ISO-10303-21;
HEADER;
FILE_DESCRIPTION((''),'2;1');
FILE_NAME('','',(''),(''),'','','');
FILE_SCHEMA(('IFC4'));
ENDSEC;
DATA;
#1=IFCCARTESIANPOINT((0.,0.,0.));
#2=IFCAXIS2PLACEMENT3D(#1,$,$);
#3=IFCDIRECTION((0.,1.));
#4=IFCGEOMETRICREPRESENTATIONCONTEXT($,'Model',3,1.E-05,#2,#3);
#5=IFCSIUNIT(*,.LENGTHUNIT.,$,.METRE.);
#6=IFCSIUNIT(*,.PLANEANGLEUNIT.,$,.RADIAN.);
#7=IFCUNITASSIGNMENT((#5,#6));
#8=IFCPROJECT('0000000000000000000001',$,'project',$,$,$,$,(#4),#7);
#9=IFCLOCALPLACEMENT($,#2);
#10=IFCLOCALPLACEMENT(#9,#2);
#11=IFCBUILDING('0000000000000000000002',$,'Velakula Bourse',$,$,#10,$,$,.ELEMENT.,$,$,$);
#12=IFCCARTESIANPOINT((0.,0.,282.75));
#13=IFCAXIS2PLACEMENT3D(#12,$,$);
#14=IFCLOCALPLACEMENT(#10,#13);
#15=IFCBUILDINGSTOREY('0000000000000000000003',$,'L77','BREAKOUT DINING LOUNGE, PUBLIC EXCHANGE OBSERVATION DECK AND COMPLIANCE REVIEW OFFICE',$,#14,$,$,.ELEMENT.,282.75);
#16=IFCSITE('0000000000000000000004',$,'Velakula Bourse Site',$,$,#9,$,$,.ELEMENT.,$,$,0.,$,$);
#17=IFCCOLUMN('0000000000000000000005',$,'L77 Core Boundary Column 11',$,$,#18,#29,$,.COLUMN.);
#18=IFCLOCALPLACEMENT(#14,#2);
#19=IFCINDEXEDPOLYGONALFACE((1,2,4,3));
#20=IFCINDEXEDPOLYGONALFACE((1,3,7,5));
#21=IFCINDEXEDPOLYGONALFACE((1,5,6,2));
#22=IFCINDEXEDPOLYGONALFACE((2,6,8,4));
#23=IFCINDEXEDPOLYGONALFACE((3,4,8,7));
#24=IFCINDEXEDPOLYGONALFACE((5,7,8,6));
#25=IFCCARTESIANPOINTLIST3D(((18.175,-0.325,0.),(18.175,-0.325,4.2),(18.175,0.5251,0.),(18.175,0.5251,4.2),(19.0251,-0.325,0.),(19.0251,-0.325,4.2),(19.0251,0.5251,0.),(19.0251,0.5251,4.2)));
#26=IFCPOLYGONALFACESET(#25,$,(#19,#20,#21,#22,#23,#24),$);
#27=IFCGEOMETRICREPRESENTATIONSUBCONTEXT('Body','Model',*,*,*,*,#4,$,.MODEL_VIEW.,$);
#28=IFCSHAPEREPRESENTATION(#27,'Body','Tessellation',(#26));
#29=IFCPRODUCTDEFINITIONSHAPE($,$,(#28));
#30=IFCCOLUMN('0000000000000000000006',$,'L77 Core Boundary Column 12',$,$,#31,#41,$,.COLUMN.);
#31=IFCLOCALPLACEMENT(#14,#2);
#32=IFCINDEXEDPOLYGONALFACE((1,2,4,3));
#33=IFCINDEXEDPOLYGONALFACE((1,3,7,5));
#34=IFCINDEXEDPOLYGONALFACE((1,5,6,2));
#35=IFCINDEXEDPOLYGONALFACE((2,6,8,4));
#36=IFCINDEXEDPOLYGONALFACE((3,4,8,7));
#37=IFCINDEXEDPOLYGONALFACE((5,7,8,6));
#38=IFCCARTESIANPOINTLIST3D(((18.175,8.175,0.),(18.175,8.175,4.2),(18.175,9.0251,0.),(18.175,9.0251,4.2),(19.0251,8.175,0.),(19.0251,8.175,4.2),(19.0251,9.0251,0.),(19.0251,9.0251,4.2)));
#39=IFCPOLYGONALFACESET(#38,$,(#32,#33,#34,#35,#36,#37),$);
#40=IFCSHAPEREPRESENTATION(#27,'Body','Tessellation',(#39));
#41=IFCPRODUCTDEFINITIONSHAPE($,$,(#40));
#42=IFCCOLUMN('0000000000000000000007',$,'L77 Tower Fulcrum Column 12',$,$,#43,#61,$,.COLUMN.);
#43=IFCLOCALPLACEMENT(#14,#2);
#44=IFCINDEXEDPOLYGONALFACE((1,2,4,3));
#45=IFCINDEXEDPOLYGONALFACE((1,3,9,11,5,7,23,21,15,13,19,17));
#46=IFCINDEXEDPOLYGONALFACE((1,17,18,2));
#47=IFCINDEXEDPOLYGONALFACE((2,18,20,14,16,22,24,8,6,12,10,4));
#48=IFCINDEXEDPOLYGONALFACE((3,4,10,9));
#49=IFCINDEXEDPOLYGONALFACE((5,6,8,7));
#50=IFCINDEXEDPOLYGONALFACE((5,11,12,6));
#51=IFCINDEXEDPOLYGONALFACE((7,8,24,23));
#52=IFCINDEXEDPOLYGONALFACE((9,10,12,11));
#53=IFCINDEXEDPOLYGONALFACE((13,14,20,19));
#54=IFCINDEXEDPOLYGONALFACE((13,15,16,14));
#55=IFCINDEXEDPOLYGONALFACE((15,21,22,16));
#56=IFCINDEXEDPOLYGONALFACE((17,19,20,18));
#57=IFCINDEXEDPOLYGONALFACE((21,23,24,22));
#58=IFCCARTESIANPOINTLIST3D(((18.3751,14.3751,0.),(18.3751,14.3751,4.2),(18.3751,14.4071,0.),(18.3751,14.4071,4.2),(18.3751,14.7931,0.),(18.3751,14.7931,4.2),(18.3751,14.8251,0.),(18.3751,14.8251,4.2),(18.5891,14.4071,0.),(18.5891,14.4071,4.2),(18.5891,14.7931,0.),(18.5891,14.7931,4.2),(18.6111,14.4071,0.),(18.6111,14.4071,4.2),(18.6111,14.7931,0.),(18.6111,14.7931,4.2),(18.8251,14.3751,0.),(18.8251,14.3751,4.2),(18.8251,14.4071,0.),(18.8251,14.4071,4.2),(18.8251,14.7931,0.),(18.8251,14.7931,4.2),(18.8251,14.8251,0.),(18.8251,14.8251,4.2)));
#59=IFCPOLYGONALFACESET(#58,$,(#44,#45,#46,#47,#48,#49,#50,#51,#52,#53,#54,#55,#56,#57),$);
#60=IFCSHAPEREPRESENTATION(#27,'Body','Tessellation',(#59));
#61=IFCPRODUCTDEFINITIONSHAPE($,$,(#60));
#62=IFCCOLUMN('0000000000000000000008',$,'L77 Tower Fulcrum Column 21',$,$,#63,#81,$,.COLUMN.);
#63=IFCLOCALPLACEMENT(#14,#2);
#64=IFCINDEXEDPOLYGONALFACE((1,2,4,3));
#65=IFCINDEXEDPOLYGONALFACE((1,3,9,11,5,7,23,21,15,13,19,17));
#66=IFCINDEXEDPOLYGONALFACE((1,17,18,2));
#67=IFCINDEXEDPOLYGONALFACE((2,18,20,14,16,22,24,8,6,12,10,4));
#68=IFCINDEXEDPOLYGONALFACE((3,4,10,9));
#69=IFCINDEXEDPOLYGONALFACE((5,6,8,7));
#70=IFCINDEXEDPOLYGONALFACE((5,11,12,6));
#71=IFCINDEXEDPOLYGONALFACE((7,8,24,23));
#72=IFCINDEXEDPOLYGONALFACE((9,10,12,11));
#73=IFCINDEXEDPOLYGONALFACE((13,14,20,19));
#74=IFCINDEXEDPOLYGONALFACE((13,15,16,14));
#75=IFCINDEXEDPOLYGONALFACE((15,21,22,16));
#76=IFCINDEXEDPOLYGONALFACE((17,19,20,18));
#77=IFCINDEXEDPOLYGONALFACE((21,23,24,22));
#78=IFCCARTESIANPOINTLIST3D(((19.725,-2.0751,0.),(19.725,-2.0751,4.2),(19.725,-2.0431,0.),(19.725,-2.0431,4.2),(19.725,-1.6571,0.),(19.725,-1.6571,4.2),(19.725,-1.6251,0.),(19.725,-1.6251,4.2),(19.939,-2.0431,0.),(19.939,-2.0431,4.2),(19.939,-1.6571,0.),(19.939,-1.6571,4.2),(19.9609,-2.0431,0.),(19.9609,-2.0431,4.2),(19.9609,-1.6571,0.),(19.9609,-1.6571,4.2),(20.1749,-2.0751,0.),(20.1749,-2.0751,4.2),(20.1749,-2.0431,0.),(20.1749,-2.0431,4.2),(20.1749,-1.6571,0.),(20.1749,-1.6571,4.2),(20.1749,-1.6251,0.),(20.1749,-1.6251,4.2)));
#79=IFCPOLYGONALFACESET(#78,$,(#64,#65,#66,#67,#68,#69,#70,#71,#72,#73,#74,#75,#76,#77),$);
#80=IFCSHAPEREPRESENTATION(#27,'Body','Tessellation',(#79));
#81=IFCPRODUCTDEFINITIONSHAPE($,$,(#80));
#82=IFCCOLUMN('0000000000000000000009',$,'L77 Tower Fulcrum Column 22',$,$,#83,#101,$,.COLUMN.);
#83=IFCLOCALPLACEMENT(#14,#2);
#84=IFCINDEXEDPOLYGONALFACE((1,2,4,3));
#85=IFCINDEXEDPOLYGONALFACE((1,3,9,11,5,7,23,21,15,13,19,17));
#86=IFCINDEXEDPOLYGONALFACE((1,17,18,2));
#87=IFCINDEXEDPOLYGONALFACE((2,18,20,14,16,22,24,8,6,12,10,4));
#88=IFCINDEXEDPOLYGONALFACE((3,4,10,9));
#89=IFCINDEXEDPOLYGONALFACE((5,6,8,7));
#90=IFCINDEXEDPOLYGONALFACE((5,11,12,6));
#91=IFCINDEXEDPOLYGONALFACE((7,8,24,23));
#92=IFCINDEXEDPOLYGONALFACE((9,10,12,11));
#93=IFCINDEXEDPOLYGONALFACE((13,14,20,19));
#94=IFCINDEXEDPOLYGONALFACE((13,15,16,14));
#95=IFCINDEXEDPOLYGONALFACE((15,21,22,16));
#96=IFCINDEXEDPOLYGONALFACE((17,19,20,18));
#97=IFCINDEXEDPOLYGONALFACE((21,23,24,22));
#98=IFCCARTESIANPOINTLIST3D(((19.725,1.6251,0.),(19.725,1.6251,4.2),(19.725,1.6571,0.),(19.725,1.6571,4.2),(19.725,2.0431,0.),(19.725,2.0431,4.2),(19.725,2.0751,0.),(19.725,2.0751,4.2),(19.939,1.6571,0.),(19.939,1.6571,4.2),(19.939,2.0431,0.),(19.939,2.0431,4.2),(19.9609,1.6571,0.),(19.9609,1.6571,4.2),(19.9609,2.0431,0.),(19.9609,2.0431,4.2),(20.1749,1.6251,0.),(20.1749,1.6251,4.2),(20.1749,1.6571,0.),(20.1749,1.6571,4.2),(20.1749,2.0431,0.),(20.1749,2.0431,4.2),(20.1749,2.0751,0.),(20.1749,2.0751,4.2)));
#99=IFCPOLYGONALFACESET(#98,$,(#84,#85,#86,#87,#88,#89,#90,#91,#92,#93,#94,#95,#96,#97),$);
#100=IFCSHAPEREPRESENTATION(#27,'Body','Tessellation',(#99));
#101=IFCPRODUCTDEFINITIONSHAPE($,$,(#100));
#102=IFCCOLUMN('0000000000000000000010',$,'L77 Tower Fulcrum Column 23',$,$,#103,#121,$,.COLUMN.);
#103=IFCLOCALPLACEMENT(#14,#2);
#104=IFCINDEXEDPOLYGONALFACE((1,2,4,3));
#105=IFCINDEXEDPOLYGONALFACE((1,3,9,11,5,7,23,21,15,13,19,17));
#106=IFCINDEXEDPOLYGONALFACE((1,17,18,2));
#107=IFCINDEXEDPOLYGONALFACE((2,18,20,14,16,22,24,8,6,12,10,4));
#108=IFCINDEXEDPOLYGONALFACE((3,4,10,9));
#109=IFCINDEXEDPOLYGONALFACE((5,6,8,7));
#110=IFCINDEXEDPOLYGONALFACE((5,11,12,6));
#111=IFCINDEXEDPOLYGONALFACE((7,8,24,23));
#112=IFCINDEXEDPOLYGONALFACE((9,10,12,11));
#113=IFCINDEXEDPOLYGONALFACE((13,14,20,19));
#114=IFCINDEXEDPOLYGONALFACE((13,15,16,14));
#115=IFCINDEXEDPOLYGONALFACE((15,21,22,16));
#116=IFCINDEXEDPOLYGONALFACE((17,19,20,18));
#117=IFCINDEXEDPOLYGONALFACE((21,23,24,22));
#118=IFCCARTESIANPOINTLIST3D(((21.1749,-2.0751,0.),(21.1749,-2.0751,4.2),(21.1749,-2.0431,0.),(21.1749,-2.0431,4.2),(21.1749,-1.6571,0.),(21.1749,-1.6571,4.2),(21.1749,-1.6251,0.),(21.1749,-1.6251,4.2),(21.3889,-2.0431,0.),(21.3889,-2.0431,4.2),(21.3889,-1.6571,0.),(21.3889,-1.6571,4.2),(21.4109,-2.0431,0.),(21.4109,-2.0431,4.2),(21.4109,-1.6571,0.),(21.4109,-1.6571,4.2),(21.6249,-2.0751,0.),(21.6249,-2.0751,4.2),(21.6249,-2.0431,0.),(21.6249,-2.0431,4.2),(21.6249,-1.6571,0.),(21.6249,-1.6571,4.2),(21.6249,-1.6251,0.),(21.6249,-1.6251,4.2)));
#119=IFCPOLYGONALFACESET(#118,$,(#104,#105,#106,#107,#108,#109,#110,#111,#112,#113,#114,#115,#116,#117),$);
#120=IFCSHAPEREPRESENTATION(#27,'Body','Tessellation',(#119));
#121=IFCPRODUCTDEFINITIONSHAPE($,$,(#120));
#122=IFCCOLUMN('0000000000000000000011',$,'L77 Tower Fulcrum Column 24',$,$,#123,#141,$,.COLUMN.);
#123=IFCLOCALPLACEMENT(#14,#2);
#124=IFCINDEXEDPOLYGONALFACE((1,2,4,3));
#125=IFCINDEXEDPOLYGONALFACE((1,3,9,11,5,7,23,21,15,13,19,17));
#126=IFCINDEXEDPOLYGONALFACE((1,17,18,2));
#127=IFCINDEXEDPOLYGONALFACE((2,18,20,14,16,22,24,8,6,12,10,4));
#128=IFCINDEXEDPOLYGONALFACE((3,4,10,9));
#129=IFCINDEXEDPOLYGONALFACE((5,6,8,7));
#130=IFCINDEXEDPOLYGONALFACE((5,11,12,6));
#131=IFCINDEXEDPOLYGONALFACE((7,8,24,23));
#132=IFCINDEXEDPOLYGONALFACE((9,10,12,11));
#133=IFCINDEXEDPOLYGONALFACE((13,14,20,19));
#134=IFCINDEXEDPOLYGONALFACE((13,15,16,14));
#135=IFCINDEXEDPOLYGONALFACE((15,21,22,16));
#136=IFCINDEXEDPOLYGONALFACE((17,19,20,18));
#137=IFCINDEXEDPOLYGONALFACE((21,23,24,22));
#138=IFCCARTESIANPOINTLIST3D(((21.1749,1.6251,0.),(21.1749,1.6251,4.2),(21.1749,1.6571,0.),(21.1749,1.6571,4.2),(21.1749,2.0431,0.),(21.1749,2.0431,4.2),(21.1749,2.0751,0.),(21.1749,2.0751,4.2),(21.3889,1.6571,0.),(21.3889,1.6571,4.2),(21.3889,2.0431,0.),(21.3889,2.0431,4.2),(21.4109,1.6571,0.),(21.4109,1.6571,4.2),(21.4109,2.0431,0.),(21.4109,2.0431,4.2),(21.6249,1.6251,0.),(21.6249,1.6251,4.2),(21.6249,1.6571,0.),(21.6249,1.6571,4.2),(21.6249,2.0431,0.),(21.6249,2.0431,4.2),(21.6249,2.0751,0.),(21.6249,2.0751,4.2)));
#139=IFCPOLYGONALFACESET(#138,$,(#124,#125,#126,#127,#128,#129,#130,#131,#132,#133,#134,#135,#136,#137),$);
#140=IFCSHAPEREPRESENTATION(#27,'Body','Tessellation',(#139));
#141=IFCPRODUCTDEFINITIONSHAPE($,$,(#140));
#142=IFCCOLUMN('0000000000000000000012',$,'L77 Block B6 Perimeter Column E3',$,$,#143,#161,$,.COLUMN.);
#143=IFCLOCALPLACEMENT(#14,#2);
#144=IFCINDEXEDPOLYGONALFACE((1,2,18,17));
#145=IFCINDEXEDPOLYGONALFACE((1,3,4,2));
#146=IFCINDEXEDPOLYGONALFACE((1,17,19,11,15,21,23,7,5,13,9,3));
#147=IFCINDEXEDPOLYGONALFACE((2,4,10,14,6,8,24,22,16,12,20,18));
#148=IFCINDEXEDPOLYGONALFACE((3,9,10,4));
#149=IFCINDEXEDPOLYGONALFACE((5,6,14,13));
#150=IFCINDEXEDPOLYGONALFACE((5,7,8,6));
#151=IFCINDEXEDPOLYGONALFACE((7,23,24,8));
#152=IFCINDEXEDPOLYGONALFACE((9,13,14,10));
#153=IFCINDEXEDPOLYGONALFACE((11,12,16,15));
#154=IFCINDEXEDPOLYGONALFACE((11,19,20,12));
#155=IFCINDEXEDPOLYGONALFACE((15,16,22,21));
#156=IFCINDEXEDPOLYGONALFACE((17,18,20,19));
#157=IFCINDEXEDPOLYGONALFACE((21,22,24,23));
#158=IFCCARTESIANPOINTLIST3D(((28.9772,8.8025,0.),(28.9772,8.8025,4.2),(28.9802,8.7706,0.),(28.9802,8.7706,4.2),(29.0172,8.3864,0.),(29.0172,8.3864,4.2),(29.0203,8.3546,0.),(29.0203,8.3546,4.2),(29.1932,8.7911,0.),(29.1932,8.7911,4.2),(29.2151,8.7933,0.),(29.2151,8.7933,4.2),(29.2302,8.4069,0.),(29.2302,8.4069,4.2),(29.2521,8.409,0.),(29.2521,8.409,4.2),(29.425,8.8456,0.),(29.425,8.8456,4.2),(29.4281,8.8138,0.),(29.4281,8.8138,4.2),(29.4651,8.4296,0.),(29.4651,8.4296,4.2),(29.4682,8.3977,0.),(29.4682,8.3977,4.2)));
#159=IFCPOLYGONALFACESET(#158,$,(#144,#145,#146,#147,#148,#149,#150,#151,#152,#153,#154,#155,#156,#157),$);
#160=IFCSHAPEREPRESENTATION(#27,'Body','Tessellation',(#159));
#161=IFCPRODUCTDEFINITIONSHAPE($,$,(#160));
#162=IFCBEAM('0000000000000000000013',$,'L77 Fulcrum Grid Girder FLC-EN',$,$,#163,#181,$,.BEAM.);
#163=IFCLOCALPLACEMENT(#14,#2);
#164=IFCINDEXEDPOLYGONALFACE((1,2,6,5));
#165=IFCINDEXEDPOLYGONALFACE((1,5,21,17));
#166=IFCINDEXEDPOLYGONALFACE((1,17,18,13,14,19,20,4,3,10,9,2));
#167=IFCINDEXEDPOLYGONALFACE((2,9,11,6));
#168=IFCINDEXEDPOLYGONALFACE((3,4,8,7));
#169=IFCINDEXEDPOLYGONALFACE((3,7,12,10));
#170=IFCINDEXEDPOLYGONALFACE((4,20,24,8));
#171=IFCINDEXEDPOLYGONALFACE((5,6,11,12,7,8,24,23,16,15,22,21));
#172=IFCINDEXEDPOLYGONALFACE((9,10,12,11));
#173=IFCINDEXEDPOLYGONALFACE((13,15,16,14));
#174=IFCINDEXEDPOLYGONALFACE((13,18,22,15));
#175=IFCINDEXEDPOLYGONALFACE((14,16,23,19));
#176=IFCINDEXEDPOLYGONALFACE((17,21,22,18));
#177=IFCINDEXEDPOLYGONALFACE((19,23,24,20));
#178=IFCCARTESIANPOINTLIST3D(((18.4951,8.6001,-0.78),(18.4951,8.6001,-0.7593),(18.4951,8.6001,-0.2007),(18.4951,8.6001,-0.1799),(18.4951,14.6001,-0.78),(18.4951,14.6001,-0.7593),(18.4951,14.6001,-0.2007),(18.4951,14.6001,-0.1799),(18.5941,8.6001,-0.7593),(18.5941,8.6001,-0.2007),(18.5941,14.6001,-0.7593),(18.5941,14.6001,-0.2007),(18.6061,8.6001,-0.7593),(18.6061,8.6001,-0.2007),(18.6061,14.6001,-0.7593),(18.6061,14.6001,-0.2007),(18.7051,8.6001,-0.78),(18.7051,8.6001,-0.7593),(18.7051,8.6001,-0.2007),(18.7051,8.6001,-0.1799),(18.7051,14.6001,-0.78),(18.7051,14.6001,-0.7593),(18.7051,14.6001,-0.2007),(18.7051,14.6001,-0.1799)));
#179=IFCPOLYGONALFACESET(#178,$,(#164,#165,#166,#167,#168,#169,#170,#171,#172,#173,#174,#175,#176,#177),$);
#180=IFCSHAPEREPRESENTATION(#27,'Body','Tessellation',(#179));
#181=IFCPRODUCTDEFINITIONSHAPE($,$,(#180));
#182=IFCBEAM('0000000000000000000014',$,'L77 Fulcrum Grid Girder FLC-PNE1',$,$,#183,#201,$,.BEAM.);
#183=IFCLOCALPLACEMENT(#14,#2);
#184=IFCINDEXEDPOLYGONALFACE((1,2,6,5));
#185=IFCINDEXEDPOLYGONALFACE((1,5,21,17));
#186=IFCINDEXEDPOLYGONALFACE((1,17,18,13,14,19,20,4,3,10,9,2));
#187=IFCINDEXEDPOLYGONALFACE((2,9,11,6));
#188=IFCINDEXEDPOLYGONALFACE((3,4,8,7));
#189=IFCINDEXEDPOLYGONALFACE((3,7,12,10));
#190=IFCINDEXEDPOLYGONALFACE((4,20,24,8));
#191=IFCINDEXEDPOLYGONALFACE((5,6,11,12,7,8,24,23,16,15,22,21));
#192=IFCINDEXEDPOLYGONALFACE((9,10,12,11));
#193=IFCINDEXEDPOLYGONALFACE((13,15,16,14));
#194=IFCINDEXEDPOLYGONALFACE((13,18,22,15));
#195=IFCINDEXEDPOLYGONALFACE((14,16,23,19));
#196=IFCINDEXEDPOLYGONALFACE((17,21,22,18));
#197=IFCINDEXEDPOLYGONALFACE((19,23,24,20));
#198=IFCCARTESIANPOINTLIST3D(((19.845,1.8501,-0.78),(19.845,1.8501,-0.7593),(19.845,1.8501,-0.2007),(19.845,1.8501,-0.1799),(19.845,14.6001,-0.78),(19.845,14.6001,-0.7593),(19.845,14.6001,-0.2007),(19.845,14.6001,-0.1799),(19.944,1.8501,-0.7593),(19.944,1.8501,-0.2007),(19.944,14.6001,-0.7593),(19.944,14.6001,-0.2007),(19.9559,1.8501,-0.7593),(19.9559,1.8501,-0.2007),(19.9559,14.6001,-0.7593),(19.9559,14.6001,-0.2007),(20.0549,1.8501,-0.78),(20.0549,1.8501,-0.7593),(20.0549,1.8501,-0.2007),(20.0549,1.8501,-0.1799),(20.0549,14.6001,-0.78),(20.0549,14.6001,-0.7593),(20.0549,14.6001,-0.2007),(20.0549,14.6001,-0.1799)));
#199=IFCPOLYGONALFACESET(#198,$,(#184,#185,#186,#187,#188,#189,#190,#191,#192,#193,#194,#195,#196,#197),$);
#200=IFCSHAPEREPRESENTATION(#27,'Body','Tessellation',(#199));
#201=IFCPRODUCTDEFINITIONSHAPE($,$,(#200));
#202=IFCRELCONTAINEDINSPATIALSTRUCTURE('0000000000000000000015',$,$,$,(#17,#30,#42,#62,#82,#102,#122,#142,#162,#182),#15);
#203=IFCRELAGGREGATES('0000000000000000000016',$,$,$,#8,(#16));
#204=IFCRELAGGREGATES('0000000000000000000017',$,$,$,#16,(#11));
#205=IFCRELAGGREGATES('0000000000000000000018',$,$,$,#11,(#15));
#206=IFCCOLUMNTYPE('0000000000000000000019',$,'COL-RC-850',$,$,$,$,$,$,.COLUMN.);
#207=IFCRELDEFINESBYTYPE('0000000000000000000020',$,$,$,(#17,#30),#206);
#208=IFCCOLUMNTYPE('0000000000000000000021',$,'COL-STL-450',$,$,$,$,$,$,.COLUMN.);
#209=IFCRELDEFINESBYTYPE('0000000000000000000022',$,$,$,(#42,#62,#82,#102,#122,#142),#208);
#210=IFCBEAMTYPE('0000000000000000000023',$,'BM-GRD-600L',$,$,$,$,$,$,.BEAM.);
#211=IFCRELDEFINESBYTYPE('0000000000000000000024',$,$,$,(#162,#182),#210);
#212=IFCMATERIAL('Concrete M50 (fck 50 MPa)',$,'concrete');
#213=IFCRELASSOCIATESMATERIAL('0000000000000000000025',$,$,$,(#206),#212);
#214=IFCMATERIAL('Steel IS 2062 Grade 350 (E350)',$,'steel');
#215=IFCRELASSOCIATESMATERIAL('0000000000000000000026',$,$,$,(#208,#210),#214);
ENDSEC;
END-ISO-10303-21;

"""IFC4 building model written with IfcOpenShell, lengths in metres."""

from ifc_helpers import new_model, si_unit, direction, frame, origin, origin_2d, place, context, subcontext, project, spatial, rectangle, i_section, extrude, material, material_profile, profile_set, type_object, element, save


model = new_model("IFC4")

# Units and contexts
model_context = context("Model", 3, precision=1e-05, world=origin(), true_north=direction((0.0, 1.0)))
body_context = subcontext(model_context, "Body", "Model", "MODEL_VIEW")
ifc_project = project(units=[si_unit("LENGTHUNIT", "METRE"), si_unit("PLANEANGLEUNIT", "RADIAN")], contexts=[model_context])

# Site, building, storey
site_placement = place(None, origin())
site = spatial("IfcSite", under=ifc_project, at=site_placement, Name="Velakula Bourse Site", CompositionType="ELEMENT", RefElevation=0.0)
building_placement = place(site_placement, origin())
building = spatial("IfcBuilding", under=site, at=building_placement, Name="Velakula Bourse", CompositionType="ELEMENT")
storey_placement = place(building_placement, frame((0.0, 0.0, 282.75)))
storey = spatial("IfcBuildingStorey", under=building, at=storey_placement, Name="L77", Description="BREAKOUT DINING LOUNGE, PUBLIC EXCHANGE OBSERVATION DECK AND COMPLIANCE REVIEW OFFICE", CompositionType="ELEMENT", Elevation=282.75)

# Columns
ifc_material_1 = material(Name="Concrete M50 (fck 50 MPa)", Category="concrete")
ifc_material_profile_1 = material_profile(ifc_material_1, rectangle(XDim=0.8501, YDim=0.8501, at=origin_2d()), Name="Concrete M50 (fck 50 MPa)")
ifc_profile_set_1 = profile_set([ifc_material_profile_1], Name="Concrete M50 (fck 50 MPa)")
column_type_1 = type_object("IfcColumnType", Name="COL-RC-850", PredefinedType="COLUMN", material=ifc_profile_set_1)
for number, where, z_axis, x_axis, name in (
    (1, (18.6001, 0.1001, 0.0), (0.0, 0.0, 1.0), (1.0, 0.0, 0.0), "L77 Core Boundary Column 11"),
    (2, (18.6001, 8.6001, 0.0), (0.0, 0.0, 1.0), (1.0, 0.0, 0.0), "L77 Core Boundary Column 12"),
):
    element("IfcColumn", number, at=place(storey_placement, frame(where, z_axis=z_axis, x_axis=x_axis)), inside=storey, type_object=column_type_1, Name=name, PredefinedType="COLUMN", context=body_context, shape_type="SweptSolid", body=[
        extrude(rectangle(XDim=0.8501, YDim=0.8501, at=origin_2d()), origin(), (0.0, 0.0, 1.0), 4.2),
    ])
ifc_material_2 = material(Name="Steel IS 2062 Grade 350 (E350)", Category="steel")
ifc_material_profile_2 = material_profile(ifc_material_2, i_section(OverallWidth=0.45, OverallDepth=0.45, WebThickness=0.022, FlangeThickness=0.032, at=origin_2d()), Name="Steel IS 2062 Grade 350 (E350)")
ifc_profile_set_2 = profile_set([ifc_material_profile_2], Name="Steel IS 2062 Grade 350 (E350)")
column_type_2 = type_object("IfcColumnType", Name="COL-STL-450", PredefinedType="COLUMN", material=ifc_profile_set_2)
for number, where, z_axis, x_axis, name in (
    (3, (18.6001, 14.6001, 0.0), (0.0, 0.0, 1.0), (1.0, 0.0, 0.0), "L77 Tower Fulcrum Column 12"),
    (4, (19.95, -1.8501, 0.0), (0.0, 0.0, 1.0), (1.0, 0.0, 0.0), "L77 Tower Fulcrum Column 21"),
    (5, (19.95, 1.8501, 0.0), (0.0, 0.0, 1.0), (1.0, 0.0, 0.0), "L77 Tower Fulcrum Column 22"),
    (6, (21.3999, -1.8501, 0.0), (0.0, 0.0, 1.0), (1.0, 0.0, 0.0), "L77 Tower Fulcrum Column 23"),
    (7, (21.3999, 1.8501, 0.0), (0.0, 0.0, 1.0), (1.0, 0.0, 0.0), "L77 Tower Fulcrum Column 24"),
    (8, (29.2227, 8.6001, 0.0), (0.0, 0.0, 1.0), (0.995396, 0.095846, 0.0), "L77 Block B6 Perimeter Column E3"),
):
    element("IfcColumn", number, at=place(storey_placement, frame(where, z_axis=z_axis, x_axis=x_axis)), inside=storey, type_object=column_type_2, Name=name, PredefinedType="COLUMN", context=body_context, shape_type="SweptSolid", body=[
        extrude(i_section(OverallWidth=0.45, OverallDepth=0.45, WebThickness=0.022, FlangeThickness=0.032, at=origin_2d()), origin(), (0.0, 0.0, 1.0), 4.2),
    ])

# Beams
ifc_material_profile_3 = material_profile(ifc_material_2, i_section(OverallWidth=0.21, OverallDepth=0.6001, WebThickness=0.012, FlangeThickness=0.0208, at=origin_2d()), Name="Steel IS 2062 Grade 350 (E350)")
ifc_profile_set_3 = profile_set([ifc_material_profile_3], Name="Steel IS 2062 Grade 350 (E350)")
beam_type_1 = type_object("IfcBeamType", Name="BM-GRD-600L", PredefinedType="BEAM", material=ifc_profile_set_3)
beam_1_placement = place(storey_placement, frame((18.6001, 8.6001, -0.48), z_axis=(0.0, 1.0, 0.0), x_axis=(-1.0, 0.0, 0.0)))
element("IfcBeam", 9, at=beam_1_placement, inside=storey, type_object=beam_type_1, Name="L77 Fulcrum Grid Girder FLC-EN", PredefinedType="BEAM", context=body_context, shape_type="SweptSolid", body=[
    extrude(i_section(OverallWidth=0.21, OverallDepth=0.6001, WebThickness=0.012, FlangeThickness=0.0208, at=origin_2d()), origin(), (0.0, 0.0, 1.0), 6.0),
])
for number, where, z_axis, x_axis, name in (
    (10, (19.95, 1.8501, -0.48), (0.0, 1.0, 0.0), (-1.0, 0.0, 0.0), "L77 Fulcrum Grid Girder FLC-PNE1"),
):
    element("IfcBeam", number, at=place(storey_placement, frame(where, z_axis=z_axis, x_axis=x_axis)), inside=storey, type_object=beam_type_1, Name=name, PredefinedType="BEAM", context=body_context, shape_type="SweptSolid", body=[
        extrude(i_section(OverallWidth=0.21, OverallDepth=0.6001, WebThickness=0.012, FlangeThickness=0.0208, at=origin_2d()), origin(), (0.0, 0.0, 1.0), 12.75),
    ])

save(model, "model.ifc")
